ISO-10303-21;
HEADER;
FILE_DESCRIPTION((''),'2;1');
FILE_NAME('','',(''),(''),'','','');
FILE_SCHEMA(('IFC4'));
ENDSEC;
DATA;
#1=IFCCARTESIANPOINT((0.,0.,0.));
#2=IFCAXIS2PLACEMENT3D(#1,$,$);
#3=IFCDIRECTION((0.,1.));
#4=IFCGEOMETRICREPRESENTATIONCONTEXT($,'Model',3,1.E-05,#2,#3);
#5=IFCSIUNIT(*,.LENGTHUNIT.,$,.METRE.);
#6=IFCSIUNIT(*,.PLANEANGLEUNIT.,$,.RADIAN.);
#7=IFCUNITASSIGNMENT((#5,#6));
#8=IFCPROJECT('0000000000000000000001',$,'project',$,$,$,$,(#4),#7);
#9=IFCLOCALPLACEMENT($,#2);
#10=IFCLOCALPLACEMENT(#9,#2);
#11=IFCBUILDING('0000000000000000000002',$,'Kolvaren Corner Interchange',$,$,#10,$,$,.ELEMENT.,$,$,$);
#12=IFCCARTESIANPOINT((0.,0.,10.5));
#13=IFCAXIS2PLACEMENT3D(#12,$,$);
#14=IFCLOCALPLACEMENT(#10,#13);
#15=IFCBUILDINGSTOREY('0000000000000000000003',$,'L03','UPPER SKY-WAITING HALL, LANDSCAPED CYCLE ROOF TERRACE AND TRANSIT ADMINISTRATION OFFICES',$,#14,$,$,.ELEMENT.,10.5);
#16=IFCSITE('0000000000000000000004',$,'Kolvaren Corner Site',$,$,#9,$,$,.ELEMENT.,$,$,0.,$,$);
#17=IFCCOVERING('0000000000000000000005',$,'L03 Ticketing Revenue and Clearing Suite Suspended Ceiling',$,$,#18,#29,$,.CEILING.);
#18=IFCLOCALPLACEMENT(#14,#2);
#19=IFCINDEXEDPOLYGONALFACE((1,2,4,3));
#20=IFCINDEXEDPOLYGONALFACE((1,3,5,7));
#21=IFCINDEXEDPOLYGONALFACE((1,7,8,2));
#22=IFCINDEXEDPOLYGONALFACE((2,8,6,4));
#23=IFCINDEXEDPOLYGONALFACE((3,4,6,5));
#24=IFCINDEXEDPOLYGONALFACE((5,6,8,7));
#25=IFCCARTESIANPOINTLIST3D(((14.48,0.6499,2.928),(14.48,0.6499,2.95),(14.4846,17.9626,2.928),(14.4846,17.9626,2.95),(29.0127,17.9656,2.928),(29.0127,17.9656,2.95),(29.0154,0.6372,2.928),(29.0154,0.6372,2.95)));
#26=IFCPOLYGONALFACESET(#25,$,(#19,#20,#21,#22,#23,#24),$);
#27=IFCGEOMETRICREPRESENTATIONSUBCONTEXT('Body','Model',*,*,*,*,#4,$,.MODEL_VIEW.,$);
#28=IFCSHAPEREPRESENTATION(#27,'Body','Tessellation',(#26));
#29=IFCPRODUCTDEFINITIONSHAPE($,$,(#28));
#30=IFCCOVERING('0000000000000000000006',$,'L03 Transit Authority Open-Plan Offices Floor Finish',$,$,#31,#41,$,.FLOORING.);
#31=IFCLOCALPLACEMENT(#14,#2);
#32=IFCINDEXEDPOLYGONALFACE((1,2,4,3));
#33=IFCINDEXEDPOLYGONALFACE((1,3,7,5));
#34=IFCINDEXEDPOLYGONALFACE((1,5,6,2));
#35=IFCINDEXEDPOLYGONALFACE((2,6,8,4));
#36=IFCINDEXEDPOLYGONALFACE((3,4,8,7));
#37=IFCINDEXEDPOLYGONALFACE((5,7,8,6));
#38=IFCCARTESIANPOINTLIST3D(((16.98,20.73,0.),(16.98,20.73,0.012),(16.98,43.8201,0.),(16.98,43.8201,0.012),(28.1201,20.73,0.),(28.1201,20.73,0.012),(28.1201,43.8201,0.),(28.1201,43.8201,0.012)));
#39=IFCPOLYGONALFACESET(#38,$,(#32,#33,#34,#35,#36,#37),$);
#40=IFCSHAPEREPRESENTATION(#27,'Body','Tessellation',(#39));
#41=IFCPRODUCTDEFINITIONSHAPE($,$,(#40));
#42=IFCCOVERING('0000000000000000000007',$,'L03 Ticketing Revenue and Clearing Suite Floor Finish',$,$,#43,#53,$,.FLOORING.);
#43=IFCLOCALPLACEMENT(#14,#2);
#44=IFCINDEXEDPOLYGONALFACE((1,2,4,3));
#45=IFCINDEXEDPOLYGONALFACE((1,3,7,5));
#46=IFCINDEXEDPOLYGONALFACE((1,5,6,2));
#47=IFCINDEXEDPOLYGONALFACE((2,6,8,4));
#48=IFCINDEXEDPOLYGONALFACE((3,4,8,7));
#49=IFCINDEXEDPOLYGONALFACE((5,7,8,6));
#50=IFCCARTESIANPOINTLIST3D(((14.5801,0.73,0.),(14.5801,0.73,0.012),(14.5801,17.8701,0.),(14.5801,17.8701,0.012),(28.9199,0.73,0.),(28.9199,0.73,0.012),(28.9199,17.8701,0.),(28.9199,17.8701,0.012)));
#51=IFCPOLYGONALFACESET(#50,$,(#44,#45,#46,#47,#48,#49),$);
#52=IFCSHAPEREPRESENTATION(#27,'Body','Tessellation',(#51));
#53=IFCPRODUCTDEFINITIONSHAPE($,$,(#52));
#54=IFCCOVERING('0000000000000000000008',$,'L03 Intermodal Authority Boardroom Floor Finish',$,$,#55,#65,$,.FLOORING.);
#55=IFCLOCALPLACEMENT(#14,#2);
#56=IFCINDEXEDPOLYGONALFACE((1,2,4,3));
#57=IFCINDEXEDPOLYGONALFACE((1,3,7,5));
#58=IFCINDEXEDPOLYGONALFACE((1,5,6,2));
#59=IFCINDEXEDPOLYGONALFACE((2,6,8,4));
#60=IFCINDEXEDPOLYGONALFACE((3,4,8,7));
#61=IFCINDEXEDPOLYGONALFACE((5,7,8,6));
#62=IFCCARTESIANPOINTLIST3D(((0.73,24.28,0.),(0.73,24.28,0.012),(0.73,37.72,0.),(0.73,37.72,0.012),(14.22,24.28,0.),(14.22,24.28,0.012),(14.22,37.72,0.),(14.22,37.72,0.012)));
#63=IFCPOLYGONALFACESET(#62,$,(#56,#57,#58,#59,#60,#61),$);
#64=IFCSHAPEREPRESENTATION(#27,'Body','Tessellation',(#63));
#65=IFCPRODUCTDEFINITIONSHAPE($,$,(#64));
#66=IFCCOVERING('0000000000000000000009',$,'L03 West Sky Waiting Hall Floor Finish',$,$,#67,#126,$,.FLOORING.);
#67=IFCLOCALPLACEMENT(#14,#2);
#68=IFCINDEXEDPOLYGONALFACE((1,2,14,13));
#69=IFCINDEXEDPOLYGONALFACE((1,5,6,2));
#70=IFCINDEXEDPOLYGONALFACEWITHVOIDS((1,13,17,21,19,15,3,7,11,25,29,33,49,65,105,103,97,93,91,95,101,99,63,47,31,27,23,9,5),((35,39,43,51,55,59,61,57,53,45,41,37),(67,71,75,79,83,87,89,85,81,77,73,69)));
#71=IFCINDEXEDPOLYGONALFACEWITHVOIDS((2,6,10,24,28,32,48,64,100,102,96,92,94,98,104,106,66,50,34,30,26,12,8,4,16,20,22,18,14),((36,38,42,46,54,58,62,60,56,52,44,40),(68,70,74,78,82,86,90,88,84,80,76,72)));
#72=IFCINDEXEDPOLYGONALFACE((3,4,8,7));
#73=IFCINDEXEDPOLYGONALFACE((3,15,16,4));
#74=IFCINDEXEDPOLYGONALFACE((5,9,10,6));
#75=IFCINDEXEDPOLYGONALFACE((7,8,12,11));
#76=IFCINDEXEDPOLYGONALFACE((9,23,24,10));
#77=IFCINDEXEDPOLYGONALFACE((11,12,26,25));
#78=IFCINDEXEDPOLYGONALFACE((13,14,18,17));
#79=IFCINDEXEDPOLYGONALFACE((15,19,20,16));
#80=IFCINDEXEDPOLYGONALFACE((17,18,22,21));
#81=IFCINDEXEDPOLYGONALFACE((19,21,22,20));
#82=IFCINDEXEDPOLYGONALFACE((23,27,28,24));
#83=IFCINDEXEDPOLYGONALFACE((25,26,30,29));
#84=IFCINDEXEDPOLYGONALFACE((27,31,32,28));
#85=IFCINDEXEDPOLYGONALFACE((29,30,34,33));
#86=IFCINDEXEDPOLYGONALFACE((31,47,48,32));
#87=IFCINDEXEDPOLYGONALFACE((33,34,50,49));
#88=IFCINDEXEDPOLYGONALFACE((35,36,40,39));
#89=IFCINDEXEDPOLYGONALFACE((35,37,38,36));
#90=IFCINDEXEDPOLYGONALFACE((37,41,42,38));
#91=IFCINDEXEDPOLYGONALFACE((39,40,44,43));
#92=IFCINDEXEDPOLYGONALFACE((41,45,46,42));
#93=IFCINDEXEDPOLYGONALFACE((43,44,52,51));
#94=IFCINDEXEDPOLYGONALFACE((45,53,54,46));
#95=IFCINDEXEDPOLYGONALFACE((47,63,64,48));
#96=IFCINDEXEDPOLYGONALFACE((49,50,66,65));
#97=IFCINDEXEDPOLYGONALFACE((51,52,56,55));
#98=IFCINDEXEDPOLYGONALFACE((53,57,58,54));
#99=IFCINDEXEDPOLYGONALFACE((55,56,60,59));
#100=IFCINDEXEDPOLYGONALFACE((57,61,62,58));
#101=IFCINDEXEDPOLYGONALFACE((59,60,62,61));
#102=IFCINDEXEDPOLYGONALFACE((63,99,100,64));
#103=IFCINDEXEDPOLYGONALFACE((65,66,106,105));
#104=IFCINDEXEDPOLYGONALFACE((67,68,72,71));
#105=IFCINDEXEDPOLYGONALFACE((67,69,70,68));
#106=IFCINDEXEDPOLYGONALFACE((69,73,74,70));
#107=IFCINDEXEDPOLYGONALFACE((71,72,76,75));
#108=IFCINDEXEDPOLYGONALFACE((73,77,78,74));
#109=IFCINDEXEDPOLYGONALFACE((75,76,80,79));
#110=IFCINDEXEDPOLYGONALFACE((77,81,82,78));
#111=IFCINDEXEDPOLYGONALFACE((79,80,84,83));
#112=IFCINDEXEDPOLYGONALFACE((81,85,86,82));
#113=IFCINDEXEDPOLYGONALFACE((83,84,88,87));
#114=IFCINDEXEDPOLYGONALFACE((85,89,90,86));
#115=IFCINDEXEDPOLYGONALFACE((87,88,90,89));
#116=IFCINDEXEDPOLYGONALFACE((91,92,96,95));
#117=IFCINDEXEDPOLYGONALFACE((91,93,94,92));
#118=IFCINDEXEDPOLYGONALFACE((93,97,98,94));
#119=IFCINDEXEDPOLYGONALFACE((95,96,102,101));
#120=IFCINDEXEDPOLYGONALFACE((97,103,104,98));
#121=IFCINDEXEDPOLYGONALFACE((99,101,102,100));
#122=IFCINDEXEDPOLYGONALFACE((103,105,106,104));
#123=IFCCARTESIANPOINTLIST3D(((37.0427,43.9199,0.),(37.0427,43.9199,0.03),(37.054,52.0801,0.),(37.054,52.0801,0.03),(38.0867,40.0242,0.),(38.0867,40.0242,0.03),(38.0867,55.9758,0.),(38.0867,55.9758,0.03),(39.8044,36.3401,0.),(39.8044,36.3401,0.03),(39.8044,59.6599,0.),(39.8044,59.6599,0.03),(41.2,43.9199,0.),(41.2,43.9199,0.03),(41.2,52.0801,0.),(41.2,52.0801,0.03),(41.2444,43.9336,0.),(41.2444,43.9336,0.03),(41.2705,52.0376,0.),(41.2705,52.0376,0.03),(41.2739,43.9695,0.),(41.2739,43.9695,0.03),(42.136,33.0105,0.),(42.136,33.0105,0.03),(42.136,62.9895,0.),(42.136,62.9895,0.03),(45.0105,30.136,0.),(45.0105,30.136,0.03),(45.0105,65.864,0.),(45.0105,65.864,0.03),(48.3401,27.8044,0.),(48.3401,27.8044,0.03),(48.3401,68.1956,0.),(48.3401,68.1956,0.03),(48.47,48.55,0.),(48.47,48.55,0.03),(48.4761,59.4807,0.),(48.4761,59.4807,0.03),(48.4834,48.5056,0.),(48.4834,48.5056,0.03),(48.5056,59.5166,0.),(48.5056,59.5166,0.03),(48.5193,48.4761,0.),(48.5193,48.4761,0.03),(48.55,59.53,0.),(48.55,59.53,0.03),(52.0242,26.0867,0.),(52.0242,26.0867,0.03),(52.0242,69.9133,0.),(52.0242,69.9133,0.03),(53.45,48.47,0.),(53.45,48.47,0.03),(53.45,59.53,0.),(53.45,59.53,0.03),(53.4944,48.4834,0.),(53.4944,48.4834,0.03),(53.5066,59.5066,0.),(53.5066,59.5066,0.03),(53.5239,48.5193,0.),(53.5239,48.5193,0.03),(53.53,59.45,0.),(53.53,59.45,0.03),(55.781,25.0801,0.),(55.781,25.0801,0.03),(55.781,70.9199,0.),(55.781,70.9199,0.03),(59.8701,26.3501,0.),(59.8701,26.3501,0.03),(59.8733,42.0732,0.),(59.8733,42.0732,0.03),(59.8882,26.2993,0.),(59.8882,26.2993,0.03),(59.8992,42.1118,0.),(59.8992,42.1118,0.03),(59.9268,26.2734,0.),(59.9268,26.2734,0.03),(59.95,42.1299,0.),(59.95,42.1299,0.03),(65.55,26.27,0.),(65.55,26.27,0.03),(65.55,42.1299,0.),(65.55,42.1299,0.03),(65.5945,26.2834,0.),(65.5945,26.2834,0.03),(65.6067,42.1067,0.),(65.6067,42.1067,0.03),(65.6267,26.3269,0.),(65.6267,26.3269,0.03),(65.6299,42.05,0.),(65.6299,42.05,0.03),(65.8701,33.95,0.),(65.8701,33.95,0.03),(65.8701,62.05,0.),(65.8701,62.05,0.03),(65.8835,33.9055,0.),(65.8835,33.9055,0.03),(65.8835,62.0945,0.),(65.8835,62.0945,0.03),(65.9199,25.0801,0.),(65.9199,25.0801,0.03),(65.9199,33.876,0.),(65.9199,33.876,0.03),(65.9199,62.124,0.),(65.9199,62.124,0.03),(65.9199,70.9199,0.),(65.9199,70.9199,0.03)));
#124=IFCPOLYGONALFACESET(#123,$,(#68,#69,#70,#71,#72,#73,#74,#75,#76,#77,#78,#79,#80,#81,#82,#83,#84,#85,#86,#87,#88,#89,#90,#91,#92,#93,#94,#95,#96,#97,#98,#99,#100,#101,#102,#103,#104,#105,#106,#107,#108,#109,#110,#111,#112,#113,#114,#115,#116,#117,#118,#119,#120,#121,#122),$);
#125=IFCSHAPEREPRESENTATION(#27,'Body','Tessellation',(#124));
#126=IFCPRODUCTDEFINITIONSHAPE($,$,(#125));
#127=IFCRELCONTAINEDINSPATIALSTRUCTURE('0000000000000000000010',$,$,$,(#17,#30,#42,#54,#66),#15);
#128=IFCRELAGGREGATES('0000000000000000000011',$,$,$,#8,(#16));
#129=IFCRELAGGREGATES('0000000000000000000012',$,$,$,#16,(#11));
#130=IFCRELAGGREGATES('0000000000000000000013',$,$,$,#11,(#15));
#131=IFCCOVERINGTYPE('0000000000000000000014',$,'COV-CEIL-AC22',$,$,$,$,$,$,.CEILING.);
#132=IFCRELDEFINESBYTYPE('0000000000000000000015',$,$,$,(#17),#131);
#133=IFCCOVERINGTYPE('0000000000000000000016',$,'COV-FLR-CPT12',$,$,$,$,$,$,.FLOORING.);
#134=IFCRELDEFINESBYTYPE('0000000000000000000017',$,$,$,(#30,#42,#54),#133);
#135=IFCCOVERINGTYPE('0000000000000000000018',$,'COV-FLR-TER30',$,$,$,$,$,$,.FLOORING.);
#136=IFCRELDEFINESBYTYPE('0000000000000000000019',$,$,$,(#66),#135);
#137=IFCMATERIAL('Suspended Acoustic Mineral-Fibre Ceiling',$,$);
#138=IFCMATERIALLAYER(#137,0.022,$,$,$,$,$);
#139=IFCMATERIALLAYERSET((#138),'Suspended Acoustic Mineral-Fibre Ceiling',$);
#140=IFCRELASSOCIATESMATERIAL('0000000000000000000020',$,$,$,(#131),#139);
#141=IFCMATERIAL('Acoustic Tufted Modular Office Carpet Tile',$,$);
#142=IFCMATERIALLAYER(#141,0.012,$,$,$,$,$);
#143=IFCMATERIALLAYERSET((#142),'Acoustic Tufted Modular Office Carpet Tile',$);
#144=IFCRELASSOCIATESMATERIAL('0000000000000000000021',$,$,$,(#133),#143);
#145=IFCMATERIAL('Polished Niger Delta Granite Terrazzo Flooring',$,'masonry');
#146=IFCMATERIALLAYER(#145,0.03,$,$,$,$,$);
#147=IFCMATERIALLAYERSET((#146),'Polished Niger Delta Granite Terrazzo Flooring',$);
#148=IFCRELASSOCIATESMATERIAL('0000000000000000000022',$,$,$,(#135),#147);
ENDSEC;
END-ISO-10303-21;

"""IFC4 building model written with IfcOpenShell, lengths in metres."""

from ifc_helpers import new_model, si_unit, direction, frame, origin, place, context, subcontext, project, spatial, polyline, outline, extrude, material, layer, layer_set, type_object, element, save


model = new_model("IFC4")

# Units and contexts
model_context = context("Model", 3, precision=1e-05, world=origin(), true_north=direction((0.0, 1.0)))
body_context = subcontext(model_context, "Body", "Model", "MODEL_VIEW")
ifc_project = project(units=[si_unit("LENGTHUNIT", "METRE"), si_unit("PLANEANGLEUNIT", "RADIAN")], contexts=[model_context])

# Site, building, storey
site_placement = place(None, origin())
site = spatial("IfcSite", under=ifc_project, at=site_placement, Name="Kolvaren Corner Site", CompositionType="ELEMENT", RefElevation=0.0)
building_placement = place(site_placement, origin())
building = spatial("IfcBuilding", under=site, at=building_placement, Name="Kolvaren Corner Interchange", CompositionType="ELEMENT")
storey_placement = place(building_placement, frame((0.0, 0.0, 10.5)))
storey = spatial("IfcBuildingStorey", under=building, at=storey_placement, Name="L03", Description="UPPER SKY-WAITING HALL, LANDSCAPED CYCLE ROOF TERRACE AND TRANSIT ADMINISTRATION OFFICES", CompositionType="ELEMENT", Elevation=10.5)

# Coverings
ifc_material_1 = material(Name="Suspended Acoustic Mineral-Fibre Ceiling")
ifc_layer_1 = layer(ifc_material_1, 0.022)
ifc_layer_set_1 = layer_set([ifc_layer_1], Name="Suspended Acoustic Mineral-Fibre Ceiling")
covering_type_1 = type_object("IfcCoveringType", Name="COV-CEIL-AC22", PredefinedType="CEILING", material=ifc_layer_set_1)
covering_1_placement = place(storey_placement, frame((0.0, 0.0, 2.928)))
element("IfcCovering", 1, at=covering_1_placement, inside=storey, type_object=covering_type_1, Name="L03 Ticketing Revenue and Clearing Suite Suspended Ceiling", PredefinedType="CEILING", context=body_context, shape_type="SweptSolid", body=[
    extrude(outline(polyline([(14.48, 0.6499), (29.0154, 0.6372), (29.0127, 17.9656), (14.4846, 17.9626), (14.48, 0.6499)])), origin(), (0.0, 0.0, 1.0), 0.022),
])
ifc_material_2 = material(Name="Acoustic Tufted Modular Office Carpet Tile")
ifc_layer_2 = layer(ifc_material_2, 0.012)
ifc_layer_set_2 = layer_set([ifc_layer_2], Name="Acoustic Tufted Modular Office Carpet Tile")
covering_type_2 = type_object("IfcCoveringType", Name="COV-FLR-CPT12", PredefinedType="FLOORING", material=ifc_layer_set_2)
covering_2_placement = place(storey_placement, origin())
element("IfcCovering", 2, at=covering_2_placement, inside=storey, type_object=covering_type_2, Name="L03 Transit Authority Open-Plan Offices Floor Finish", PredefinedType="FLOORING", context=body_context, shape_type="SweptSolid", body=[
    extrude(outline(polyline([(16.98, 20.73), (28.1201, 20.73), (28.1201, 43.8201), (16.98, 43.8201), (16.98, 20.73)])), origin(), (0.0, 0.0, 1.0), 0.012),
])
covering_3_placement = place(storey_placement, origin())
element("IfcCovering", 3, at=covering_3_placement, inside=storey, type_object=covering_type_2, Name="L03 Ticketing Revenue and Clearing Suite Floor Finish", PredefinedType="FLOORING", context=body_context, shape_type="SweptSolid", body=[
    extrude(outline(polyline([(14.5801, 0.73), (28.9199, 0.73), (28.9199, 17.8701), (14.5801, 17.8701), (14.5801, 0.73)])), origin(), (0.0, 0.0, 1.0), 0.012),
])
covering_4_placement = place(storey_placement, origin())
element("IfcCovering", 4, at=covering_4_placement, inside=storey, type_object=covering_type_2, Name="L03 Intermodal Authority Boardroom Floor Finish", PredefinedType="FLOORING", context=body_context, shape_type="SweptSolid", body=[
    extrude(outline(polyline([(0.73, 24.28), (14.22, 24.28), (14.22, 37.72), (0.73, 37.72), (0.73, 24.28)])), origin(), (0.0, 0.0, 1.0), 0.012),
])
ifc_material_3 = material(Name="Polished Niger Delta Granite Terrazzo Flooring", Category="masonry")
ifc_layer_3 = layer(ifc_material_3, 0.03)
ifc_layer_set_3 = layer_set([ifc_layer_3], Name="Polished Niger Delta Granite Terrazzo Flooring")
covering_type_3 = type_object("IfcCoveringType", Name="COV-FLR-TER30", PredefinedType="FLOORING", material=ifc_layer_set_3)
covering_5_placement = place(storey_placement, origin())
element("IfcCovering", 5, at=covering_5_placement, inside=storey, type_object=covering_type_3, Name="L03 West Sky Waiting Hall Floor Finish", PredefinedType="FLOORING", context=body_context, shape_type="SweptSolid", body=[
    extrude(outline(polyline([(37.0427, 43.9199), (38.0867, 40.0242), (39.8044, 36.3401), (42.136, 33.0105), (45.0105, 30.136), (48.3401, 27.8044), (52.0242, 26.0867), (55.781, 25.0801), (65.9199, 25.0801), (65.9199, 33.876), (65.8835, 33.9055), (65.8701, 33.95), (65.8701, 62.05), (65.8835, 62.0945), (65.9199, 62.124), (65.9199, 70.9199), (55.781, 70.9199), (52.0242, 69.9133), (48.3401, 68.1956), (45.0105, 65.864), (42.136, 62.9895), (39.8044, 59.6599), (38.0867, 55.9758), (37.054, 52.0801), (41.2, 52.0801), (41.2705, 52.0376), (41.2739, 43.9695), (41.2444, 43.9336), (41.2, 43.9199), (37.0427, 43.9199)]), holes=[polyline([(65.6067, 42.1067), (65.6299, 42.05), (65.6267, 26.3269), (65.5945, 26.2834), (65.55, 26.27), (59.9268, 26.2734), (59.8882, 26.2993), (59.8701, 26.3501), (59.8733, 42.0732), (59.8992, 42.1118), (59.95, 42.1299), (65.55, 42.1299), (65.6067, 42.1067)]), polyline([(53.5066, 59.5066), (53.53, 59.45), (53.5239, 48.5193), (53.4944, 48.4834), (53.45, 48.47), (48.5193, 48.4761), (48.4834, 48.5056), (48.47, 48.55), (48.4761, 59.4807), (48.5056, 59.5166), (48.55, 59.53), (53.45, 59.53), (53.5066, 59.5066)])]), origin(), (0.0, 0.0, 1.0), 0.03),
])

save(model, "model.ifc")
